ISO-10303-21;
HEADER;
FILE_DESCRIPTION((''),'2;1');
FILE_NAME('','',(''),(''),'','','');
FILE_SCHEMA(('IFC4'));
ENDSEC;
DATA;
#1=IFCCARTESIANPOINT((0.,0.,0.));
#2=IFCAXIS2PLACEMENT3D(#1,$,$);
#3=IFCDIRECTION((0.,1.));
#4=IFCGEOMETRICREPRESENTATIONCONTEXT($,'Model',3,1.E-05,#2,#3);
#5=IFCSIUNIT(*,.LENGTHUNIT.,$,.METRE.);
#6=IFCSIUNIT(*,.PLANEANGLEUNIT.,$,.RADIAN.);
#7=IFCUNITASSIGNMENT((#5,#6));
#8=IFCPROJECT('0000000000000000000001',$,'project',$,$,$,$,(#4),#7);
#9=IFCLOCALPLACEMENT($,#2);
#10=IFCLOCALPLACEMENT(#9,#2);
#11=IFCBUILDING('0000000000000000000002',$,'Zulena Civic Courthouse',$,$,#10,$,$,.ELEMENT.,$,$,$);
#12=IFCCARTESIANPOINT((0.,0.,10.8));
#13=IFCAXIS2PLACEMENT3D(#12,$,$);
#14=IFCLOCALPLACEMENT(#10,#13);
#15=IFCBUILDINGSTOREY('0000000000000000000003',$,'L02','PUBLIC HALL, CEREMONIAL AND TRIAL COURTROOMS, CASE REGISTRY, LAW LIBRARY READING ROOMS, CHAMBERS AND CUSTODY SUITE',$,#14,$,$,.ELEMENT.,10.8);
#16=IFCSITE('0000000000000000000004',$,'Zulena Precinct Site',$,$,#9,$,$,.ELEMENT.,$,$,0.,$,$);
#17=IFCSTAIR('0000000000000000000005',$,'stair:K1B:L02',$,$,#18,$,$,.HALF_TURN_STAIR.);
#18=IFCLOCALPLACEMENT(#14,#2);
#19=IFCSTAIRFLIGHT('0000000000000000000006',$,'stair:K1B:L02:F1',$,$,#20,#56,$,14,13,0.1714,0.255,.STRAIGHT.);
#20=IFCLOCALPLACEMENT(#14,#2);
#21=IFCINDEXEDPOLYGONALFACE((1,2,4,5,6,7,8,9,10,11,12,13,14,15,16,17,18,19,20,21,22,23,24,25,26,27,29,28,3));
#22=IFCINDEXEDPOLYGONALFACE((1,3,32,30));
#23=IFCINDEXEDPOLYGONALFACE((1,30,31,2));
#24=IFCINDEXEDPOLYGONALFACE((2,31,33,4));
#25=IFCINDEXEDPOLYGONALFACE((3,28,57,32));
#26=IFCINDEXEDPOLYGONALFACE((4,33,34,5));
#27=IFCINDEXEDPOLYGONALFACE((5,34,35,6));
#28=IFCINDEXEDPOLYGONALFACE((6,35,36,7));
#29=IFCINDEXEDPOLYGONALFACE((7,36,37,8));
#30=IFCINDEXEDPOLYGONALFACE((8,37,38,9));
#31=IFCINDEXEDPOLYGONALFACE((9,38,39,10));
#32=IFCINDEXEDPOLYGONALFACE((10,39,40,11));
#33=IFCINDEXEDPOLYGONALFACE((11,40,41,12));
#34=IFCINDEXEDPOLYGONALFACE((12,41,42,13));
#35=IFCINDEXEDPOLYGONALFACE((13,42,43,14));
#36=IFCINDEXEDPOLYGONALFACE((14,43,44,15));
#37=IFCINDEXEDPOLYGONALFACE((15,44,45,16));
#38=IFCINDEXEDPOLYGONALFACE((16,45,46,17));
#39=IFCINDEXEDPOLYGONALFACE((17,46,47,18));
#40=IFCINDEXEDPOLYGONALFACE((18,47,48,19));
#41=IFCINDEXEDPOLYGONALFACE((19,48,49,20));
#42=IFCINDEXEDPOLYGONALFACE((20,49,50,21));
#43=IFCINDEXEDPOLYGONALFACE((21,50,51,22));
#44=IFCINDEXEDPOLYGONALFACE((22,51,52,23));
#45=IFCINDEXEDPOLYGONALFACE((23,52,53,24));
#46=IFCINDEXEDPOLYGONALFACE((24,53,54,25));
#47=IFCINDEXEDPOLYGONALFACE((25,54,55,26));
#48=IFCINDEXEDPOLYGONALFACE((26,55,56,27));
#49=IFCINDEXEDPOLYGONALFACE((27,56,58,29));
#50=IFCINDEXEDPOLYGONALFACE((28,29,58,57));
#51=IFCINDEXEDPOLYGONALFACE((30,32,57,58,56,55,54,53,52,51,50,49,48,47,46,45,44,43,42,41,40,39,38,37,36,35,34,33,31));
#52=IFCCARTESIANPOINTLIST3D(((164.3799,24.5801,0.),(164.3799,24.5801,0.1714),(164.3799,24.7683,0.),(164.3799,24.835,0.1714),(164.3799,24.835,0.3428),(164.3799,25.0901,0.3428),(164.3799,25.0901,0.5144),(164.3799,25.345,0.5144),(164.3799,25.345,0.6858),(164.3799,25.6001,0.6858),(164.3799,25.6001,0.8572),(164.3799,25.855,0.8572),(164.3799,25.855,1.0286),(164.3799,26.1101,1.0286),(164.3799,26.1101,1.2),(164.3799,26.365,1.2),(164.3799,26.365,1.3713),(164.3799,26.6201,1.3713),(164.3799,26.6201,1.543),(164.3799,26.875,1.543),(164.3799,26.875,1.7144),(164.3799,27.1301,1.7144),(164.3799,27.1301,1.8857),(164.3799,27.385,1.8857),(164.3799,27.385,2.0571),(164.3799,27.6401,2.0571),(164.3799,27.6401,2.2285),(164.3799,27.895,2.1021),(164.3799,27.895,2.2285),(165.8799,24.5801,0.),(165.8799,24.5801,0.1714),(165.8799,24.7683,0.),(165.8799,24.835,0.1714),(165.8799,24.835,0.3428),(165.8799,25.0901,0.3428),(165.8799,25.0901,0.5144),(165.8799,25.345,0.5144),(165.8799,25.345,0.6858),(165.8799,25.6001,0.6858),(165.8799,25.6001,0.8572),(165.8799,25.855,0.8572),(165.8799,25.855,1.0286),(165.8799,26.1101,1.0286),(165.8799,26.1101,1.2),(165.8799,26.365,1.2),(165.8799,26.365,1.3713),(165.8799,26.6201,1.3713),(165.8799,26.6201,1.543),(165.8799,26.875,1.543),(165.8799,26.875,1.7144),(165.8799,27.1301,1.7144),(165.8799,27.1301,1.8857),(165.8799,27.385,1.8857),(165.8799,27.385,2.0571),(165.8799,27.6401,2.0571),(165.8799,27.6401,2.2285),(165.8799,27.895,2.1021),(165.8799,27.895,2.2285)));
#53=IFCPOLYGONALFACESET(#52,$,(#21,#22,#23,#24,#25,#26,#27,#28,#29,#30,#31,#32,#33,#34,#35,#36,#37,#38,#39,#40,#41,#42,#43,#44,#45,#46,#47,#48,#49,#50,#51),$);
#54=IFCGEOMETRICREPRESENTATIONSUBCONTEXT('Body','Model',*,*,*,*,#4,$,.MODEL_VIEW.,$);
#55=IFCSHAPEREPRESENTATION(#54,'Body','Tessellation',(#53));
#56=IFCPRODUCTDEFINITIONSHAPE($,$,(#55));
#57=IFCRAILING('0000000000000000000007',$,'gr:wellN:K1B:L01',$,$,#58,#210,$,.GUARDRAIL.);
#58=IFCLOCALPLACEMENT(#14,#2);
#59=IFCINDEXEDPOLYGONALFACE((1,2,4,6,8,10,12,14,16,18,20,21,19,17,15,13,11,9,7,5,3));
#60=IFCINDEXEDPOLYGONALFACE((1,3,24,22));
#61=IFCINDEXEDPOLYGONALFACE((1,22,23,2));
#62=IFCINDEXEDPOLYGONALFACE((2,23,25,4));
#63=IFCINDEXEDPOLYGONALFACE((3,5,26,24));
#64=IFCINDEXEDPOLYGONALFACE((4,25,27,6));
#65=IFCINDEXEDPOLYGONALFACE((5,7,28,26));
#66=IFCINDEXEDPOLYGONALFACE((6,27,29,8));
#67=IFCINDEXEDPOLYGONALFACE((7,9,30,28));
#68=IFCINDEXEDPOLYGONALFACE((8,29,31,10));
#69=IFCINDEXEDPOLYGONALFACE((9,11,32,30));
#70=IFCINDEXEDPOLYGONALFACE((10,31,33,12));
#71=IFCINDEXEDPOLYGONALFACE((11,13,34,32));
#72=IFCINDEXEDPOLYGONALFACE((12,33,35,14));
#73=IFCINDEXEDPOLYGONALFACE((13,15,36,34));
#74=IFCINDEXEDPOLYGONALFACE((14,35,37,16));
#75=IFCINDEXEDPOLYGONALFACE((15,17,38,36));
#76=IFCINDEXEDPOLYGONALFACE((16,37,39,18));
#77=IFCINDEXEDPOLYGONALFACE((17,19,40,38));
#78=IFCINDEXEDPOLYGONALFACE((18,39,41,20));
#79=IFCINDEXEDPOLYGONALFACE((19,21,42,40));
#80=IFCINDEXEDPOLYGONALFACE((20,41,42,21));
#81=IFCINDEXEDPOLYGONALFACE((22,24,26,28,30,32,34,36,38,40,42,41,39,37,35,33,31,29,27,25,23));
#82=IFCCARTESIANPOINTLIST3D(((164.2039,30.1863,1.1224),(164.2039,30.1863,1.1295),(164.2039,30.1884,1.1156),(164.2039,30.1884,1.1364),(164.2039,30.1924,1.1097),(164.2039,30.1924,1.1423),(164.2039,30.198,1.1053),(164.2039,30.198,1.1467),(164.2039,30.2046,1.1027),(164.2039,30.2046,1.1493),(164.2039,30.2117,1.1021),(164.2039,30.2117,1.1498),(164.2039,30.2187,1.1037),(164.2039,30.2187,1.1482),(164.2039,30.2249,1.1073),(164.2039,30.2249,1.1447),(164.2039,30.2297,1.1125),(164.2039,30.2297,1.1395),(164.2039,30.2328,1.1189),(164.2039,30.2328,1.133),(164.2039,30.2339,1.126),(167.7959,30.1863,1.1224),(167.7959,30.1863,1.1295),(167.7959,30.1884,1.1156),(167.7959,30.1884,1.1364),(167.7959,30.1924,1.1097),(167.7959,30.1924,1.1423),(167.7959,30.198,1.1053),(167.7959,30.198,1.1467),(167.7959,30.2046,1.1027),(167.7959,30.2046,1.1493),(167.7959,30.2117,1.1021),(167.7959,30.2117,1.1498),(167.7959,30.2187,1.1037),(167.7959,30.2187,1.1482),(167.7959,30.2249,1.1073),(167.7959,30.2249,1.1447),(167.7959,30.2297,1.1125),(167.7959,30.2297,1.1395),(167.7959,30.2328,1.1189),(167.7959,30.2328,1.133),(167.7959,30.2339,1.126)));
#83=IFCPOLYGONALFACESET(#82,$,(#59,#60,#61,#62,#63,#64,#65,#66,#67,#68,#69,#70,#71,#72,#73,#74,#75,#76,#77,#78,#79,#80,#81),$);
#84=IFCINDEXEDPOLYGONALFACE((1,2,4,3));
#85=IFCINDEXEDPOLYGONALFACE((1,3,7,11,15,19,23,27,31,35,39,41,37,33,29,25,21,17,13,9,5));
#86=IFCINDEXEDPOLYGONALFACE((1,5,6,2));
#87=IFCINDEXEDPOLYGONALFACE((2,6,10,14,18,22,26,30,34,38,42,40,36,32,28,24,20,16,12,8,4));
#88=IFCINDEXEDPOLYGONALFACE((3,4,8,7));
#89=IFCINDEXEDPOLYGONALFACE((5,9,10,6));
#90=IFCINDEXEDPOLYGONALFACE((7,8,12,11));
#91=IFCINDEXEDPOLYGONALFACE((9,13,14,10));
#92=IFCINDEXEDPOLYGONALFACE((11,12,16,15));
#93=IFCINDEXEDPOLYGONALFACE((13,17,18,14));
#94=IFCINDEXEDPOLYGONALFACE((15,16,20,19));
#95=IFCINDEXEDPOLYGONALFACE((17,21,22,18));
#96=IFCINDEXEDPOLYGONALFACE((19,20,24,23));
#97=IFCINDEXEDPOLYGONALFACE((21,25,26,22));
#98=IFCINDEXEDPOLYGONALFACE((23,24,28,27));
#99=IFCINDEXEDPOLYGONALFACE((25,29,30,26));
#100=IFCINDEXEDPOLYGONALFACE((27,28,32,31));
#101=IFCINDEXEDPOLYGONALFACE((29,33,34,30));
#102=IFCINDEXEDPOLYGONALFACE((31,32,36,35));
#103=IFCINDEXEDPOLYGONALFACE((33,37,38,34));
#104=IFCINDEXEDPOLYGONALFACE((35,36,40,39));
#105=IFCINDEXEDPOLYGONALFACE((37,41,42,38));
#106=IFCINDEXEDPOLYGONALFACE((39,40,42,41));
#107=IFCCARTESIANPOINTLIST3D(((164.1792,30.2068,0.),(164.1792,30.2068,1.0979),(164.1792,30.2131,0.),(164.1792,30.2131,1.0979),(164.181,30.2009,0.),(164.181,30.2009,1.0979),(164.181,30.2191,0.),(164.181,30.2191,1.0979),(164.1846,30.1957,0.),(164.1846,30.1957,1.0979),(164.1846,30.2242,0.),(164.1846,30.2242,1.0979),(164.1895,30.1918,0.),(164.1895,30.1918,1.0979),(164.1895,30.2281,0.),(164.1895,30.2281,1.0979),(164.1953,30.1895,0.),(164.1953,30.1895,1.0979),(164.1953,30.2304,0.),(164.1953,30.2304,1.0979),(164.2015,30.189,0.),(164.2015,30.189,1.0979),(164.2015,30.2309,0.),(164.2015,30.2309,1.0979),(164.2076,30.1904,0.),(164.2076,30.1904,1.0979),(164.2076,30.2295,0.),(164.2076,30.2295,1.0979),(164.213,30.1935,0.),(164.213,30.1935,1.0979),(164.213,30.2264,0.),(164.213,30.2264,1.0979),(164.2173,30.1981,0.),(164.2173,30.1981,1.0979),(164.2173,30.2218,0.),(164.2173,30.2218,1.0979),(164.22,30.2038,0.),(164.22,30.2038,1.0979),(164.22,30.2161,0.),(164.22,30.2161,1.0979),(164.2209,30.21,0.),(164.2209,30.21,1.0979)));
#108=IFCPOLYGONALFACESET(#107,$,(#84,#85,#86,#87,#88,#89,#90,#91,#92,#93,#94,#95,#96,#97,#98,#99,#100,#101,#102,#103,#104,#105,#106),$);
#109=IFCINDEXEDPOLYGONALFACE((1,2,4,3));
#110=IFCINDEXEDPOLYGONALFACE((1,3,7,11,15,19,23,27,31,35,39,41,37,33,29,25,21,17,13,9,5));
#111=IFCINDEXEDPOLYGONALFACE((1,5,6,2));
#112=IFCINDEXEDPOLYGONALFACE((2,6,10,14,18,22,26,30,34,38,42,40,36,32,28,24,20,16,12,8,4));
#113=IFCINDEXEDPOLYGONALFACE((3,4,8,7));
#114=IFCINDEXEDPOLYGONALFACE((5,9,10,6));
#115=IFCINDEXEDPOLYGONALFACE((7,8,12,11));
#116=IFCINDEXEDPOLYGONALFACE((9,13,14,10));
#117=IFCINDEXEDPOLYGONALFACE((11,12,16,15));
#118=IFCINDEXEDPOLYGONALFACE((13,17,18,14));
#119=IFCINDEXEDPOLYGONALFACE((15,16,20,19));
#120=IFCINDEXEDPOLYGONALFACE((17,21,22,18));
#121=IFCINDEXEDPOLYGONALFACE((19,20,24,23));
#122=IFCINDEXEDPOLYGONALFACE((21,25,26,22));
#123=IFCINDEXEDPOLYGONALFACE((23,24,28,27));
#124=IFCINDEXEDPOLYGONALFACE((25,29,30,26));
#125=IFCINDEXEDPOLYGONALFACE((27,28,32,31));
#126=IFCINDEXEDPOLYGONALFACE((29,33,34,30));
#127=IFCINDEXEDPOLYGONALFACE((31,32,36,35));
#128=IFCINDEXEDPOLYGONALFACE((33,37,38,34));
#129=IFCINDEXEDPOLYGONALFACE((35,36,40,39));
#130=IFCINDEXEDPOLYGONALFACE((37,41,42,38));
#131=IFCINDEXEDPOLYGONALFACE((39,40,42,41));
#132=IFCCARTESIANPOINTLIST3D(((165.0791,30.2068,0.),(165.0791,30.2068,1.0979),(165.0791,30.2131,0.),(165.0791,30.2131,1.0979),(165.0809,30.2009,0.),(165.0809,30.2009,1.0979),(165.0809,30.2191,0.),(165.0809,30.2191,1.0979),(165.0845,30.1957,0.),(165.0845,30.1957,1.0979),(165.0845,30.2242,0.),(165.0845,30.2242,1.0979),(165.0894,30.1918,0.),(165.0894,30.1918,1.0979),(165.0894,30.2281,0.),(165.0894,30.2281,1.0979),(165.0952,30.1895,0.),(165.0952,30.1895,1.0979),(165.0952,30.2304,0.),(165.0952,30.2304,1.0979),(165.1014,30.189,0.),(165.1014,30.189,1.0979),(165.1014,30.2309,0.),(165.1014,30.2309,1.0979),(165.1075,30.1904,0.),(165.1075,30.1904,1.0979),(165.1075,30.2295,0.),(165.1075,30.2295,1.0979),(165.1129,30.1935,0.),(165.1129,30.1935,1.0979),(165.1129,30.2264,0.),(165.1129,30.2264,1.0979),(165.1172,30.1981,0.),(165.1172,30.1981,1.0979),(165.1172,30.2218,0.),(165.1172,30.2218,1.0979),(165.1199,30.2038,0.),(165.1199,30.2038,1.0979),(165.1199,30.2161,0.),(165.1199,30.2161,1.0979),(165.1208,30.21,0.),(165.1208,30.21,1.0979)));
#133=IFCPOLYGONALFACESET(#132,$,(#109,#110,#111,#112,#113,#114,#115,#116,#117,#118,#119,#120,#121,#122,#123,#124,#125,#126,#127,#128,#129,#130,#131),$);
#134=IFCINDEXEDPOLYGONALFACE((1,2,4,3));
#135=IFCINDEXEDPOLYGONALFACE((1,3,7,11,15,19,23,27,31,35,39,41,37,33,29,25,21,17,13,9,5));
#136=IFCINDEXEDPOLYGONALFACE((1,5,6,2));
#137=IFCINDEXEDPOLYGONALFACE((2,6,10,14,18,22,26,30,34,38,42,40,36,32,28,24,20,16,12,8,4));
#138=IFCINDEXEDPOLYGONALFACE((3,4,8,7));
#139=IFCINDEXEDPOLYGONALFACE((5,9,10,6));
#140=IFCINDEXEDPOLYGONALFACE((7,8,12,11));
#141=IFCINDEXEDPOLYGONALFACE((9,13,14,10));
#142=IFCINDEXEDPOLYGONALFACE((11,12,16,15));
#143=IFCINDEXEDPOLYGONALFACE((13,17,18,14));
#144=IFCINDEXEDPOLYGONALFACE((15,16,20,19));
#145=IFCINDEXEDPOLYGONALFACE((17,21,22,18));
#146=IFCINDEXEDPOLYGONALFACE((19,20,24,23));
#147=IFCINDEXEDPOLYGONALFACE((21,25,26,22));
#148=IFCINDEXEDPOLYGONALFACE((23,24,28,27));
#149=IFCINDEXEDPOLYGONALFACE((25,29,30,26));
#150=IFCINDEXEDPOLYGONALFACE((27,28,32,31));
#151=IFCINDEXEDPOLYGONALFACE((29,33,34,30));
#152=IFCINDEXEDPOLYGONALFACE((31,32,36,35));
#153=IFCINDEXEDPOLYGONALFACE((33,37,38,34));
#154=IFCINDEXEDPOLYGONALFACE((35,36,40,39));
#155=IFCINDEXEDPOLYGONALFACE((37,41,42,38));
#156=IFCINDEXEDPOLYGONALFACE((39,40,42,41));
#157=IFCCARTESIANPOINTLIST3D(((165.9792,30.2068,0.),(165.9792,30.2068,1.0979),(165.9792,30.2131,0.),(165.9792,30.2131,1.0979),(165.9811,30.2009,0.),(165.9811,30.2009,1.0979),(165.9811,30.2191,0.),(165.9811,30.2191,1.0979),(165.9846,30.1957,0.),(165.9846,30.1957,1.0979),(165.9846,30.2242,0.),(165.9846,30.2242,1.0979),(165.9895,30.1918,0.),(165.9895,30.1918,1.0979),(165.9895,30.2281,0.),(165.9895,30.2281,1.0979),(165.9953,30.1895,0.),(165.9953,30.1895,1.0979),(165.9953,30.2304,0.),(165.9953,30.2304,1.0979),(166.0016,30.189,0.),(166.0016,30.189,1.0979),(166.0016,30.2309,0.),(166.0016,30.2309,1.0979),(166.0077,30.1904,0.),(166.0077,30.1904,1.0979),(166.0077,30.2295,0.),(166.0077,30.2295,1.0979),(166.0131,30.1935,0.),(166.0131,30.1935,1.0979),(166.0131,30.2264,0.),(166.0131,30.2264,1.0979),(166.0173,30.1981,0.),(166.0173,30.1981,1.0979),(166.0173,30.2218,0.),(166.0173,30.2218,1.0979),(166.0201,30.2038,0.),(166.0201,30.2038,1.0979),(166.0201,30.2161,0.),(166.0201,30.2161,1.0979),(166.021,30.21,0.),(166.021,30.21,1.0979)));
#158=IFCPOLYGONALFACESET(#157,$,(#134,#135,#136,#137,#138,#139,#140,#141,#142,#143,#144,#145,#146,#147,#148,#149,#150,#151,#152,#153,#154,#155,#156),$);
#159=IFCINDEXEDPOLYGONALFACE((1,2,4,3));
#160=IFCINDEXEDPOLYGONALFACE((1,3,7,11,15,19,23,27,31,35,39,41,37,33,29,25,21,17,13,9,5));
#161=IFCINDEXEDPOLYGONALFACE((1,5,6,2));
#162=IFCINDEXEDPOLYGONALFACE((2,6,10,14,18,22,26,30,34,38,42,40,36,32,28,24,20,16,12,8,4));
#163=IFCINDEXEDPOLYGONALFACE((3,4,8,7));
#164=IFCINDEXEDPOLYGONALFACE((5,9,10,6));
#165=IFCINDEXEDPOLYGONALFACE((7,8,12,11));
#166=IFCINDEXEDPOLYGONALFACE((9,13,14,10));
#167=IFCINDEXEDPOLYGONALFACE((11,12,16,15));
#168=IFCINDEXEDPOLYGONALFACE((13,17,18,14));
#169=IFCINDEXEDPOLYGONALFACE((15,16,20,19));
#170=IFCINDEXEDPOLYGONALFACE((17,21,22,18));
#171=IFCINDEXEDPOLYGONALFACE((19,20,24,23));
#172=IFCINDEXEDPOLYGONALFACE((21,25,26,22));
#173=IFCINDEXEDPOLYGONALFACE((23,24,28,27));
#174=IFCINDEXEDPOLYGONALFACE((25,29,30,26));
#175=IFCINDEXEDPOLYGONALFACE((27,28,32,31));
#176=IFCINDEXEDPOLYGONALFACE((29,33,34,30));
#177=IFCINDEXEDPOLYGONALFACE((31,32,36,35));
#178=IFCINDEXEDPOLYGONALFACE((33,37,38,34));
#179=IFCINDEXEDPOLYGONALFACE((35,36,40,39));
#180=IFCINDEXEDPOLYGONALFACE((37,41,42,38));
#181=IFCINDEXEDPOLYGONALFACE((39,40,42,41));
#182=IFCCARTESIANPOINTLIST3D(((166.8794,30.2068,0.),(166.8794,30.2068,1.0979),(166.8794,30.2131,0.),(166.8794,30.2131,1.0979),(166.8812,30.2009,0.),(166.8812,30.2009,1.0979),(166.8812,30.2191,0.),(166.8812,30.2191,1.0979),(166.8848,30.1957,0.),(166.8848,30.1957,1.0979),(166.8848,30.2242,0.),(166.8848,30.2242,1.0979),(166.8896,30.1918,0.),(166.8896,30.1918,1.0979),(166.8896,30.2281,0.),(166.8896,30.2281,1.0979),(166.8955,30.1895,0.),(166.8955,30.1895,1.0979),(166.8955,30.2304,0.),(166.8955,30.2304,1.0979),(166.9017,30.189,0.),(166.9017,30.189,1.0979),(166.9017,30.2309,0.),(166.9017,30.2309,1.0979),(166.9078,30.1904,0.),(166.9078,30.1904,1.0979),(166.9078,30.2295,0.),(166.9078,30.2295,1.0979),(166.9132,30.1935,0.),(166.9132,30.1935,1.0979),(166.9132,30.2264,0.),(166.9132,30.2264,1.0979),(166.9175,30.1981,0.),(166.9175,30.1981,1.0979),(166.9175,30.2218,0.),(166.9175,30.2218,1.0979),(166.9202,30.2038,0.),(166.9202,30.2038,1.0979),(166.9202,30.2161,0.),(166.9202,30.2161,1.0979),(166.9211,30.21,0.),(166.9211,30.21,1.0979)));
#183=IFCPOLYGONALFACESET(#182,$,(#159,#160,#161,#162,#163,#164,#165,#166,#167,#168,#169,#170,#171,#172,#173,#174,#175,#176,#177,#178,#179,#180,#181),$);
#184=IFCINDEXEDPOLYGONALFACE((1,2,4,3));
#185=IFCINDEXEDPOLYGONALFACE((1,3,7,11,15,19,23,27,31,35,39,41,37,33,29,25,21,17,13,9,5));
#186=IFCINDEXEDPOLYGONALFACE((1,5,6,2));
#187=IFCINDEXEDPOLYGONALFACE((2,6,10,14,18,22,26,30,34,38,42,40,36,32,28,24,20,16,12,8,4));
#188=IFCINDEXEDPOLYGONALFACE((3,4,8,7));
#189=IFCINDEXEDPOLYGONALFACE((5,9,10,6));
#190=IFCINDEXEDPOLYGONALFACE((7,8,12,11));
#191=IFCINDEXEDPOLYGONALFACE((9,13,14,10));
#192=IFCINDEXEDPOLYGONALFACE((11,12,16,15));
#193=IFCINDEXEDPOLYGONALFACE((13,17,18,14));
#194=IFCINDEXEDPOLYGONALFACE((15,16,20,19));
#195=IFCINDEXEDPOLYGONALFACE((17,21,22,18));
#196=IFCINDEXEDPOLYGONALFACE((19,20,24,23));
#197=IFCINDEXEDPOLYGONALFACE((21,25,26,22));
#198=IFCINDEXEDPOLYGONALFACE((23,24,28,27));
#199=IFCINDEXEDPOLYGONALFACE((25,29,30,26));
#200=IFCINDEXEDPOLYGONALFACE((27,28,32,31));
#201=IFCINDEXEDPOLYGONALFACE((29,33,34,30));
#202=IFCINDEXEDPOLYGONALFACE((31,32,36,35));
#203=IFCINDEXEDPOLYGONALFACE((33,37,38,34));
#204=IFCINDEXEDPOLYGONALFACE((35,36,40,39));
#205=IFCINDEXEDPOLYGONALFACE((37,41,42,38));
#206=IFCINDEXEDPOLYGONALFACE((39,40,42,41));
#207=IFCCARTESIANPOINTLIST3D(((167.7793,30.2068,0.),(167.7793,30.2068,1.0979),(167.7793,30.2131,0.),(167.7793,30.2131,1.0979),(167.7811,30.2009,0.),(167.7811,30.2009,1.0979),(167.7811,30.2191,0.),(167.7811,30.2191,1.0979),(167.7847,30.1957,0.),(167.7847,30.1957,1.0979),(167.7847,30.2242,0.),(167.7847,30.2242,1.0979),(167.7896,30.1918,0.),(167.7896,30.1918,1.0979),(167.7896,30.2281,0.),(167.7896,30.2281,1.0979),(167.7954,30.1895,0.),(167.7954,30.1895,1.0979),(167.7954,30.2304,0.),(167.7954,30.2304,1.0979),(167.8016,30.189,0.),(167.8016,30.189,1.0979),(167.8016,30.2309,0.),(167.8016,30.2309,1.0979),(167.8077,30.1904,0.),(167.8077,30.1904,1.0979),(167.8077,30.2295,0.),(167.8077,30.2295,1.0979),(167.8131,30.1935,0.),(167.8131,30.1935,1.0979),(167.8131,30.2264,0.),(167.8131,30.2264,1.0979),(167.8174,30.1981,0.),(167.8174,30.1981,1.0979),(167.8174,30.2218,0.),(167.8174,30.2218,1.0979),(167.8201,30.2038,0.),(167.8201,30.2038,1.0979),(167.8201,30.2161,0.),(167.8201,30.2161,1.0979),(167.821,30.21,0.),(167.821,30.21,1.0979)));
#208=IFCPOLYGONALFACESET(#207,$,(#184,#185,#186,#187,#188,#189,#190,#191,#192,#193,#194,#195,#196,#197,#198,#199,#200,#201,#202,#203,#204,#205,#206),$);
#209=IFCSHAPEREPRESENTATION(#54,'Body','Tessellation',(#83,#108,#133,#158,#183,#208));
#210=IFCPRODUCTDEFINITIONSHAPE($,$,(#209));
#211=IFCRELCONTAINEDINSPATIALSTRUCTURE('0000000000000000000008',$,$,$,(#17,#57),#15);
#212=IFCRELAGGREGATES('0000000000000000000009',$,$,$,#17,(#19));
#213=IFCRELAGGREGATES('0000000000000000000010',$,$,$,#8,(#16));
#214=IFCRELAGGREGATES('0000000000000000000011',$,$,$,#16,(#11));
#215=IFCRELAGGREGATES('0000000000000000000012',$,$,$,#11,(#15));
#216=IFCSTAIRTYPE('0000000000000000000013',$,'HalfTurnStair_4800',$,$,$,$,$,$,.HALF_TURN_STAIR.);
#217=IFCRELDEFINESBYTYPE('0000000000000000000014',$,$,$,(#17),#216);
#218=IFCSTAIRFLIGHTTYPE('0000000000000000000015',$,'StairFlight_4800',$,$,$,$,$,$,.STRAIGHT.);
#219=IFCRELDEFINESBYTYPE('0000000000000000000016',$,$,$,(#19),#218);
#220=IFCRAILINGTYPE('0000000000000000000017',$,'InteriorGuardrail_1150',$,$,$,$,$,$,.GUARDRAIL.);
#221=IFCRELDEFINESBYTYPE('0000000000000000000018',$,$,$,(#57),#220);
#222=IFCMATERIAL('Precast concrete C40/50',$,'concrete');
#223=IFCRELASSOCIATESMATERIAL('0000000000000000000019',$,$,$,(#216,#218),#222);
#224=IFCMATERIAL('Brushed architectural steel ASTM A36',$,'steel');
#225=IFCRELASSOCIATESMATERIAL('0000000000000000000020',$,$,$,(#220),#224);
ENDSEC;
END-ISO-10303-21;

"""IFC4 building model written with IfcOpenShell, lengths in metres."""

from ifc_helpers import new_model, si_unit, direction, frame, origin, origin_2d, place, context, subcontext, project, spatial, polyline, circle, outline, extrude, material, type_object, element, aggregate, save


model = new_model("IFC4")

# Units and contexts
model_context = context("Model", 3, precision=1e-05, world=origin(), true_north=direction((0.0, 1.0)))
body_context = subcontext(model_context, "Body", "Model", "MODEL_VIEW")
ifc_project = project(units=[si_unit("LENGTHUNIT", "METRE"), si_unit("PLANEANGLEUNIT", "RADIAN")], contexts=[model_context])

# Site, building, storey
site_placement = place(None, origin())
site = spatial("IfcSite", under=ifc_project, at=site_placement, Name="Zulena Precinct Site", CompositionType="ELEMENT", RefElevation=0.0)
building_placement = place(site_placement, origin())
building = spatial("IfcBuilding", under=site, at=building_placement, Name="Zulena Civic Courthouse", CompositionType="ELEMENT")
storey_placement = place(building_placement, frame((0.0, 0.0, 10.8)))
storey = spatial("IfcBuildingStorey", under=building, at=storey_placement, Name="L02", Description="PUBLIC HALL, CEREMONIAL AND TRIAL COURTROOMS, CASE REGISTRY, LAW LIBRARY READING ROOMS, CHAMBERS AND CUSTODY SUITE", CompositionType="ELEMENT", Elevation=10.8)

# Stair, stair flight
ifc_material_1 = material(Name="Precast concrete C40/50", Category="concrete")
stair_type = type_object("IfcStairType", Name="HalfTurnStair_4800", PredefinedType="HALF_TURN_STAIR", material=ifc_material_1)
stair_placement = place(storey_placement, origin())
stair = element("IfcStair", 1, at=stair_placement, inside=storey, type_object=stair_type, Name="stair:K1B:L02", PredefinedType="HALF_TURN_STAIR")
stair_flight_type = type_object("IfcStairFlightType", Name="StairFlight_4800", PredefinedType="STRAIGHT", material=ifc_material_1)
stair_flight_placement = place(storey_placement, frame((165.1299, 24.5801, 0.0), z_axis=(0.0, 0.0, 1.0), x_axis=(0.0, 1.0, 0.0)))
stair_flight = element("IfcStairFlight", 2, at=stair_flight_placement, type_object=stair_flight_type, Name="stair:K1B:L02:F1", NumberOfRisers=14, NumberOfTreads=13, PredefinedType="STRAIGHT", RiserHeight=0.1714, TreadLength=0.255, context=body_context, shape_type="SweptSolid", body=[
    extrude(outline(polyline([(0.0, 0.0), (0.0, 0.1714), (0.2549, 0.1714), (0.2549, 0.3428), (0.51, 0.3428), (0.51, 0.5144), (0.7649, 0.5144), (0.7649, 0.6858), (1.02, 0.6858), (1.02, 0.8572), (1.2749, 0.8572), (1.2749, 1.0286), (1.53, 1.0286), (1.53, 1.2), (1.7849, 1.2), (1.7849, 1.3713), (2.04, 1.3713), (2.04, 1.543), (2.2949, 1.543), (2.2949, 1.7144), (2.55, 1.7144), (2.55, 1.8857), (2.8049, 1.8857), (2.8049, 2.0571), (3.0601, 2.0571), (3.0601, 2.2285), (3.3149, 2.2285), (3.3149, 2.3999), (3.3149, 2.1021), (0.1882, 0.0), (0.0, 0.0)])), frame((0.0, 0.75, 0.0), z_axis=(0.0, -1.0, 0.0), x_axis=(1.0, 0.0, 0.0)), (0.0, 0.0, 1.0), 1.5),
])
aggregate(stair, [stair_flight])

# Railing
ifc_material_2 = material(Name="Brushed architectural steel ASTM A36", Category="steel")
railing_type_1 = type_object("IfcRailingType", Name="InteriorGuardrail_1150", PredefinedType="GUARDRAIL", material=ifc_material_2)
railing_1_placement = place(storey_placement, frame((164.2, 30.21, 0.0)))
element("IfcRailing", 3, at=railing_1_placement, inside=storey, type_object=railing_type_1, Name="gr:wellN:K1B:L01", PredefinedType="GUARDRAIL", context=body_context, shape_type="SweptSolid", body=[
    extrude(circle(Radius=0.0239, at=origin_2d()), frame((0.0039, 0.0, 1.126), z_axis=(1.0, 0.0, 0.0), x_axis=(0.0, 1.0, 0.0)), (0.0, 0.0, 1.0), 3.592),
    extrude(circle(Radius=0.021, at=origin_2d()), origin(), (0.0, 0.0, 1.0), 1.0979),
    extrude(circle(Radius=0.021, at=origin_2d()), frame((0.8999, 0.0, 0.0)), (0.0, 0.0, 1.0), 1.0979),
    extrude(circle(Radius=0.021, at=origin_2d()), frame((1.8, 0.0, 0.0)), (0.0, 0.0, 1.0), 1.0979),
    extrude(circle(Radius=0.021, at=origin_2d()), frame((2.7002, 0.0, 0.0)), (0.0, 0.0, 1.0), 1.0979),
    extrude(circle(Radius=0.021, at=origin_2d()), frame((3.6001, 0.0, 0.0)), (0.0, 0.0, 1.0), 1.0979),
])

save(model, "model.ifc")
